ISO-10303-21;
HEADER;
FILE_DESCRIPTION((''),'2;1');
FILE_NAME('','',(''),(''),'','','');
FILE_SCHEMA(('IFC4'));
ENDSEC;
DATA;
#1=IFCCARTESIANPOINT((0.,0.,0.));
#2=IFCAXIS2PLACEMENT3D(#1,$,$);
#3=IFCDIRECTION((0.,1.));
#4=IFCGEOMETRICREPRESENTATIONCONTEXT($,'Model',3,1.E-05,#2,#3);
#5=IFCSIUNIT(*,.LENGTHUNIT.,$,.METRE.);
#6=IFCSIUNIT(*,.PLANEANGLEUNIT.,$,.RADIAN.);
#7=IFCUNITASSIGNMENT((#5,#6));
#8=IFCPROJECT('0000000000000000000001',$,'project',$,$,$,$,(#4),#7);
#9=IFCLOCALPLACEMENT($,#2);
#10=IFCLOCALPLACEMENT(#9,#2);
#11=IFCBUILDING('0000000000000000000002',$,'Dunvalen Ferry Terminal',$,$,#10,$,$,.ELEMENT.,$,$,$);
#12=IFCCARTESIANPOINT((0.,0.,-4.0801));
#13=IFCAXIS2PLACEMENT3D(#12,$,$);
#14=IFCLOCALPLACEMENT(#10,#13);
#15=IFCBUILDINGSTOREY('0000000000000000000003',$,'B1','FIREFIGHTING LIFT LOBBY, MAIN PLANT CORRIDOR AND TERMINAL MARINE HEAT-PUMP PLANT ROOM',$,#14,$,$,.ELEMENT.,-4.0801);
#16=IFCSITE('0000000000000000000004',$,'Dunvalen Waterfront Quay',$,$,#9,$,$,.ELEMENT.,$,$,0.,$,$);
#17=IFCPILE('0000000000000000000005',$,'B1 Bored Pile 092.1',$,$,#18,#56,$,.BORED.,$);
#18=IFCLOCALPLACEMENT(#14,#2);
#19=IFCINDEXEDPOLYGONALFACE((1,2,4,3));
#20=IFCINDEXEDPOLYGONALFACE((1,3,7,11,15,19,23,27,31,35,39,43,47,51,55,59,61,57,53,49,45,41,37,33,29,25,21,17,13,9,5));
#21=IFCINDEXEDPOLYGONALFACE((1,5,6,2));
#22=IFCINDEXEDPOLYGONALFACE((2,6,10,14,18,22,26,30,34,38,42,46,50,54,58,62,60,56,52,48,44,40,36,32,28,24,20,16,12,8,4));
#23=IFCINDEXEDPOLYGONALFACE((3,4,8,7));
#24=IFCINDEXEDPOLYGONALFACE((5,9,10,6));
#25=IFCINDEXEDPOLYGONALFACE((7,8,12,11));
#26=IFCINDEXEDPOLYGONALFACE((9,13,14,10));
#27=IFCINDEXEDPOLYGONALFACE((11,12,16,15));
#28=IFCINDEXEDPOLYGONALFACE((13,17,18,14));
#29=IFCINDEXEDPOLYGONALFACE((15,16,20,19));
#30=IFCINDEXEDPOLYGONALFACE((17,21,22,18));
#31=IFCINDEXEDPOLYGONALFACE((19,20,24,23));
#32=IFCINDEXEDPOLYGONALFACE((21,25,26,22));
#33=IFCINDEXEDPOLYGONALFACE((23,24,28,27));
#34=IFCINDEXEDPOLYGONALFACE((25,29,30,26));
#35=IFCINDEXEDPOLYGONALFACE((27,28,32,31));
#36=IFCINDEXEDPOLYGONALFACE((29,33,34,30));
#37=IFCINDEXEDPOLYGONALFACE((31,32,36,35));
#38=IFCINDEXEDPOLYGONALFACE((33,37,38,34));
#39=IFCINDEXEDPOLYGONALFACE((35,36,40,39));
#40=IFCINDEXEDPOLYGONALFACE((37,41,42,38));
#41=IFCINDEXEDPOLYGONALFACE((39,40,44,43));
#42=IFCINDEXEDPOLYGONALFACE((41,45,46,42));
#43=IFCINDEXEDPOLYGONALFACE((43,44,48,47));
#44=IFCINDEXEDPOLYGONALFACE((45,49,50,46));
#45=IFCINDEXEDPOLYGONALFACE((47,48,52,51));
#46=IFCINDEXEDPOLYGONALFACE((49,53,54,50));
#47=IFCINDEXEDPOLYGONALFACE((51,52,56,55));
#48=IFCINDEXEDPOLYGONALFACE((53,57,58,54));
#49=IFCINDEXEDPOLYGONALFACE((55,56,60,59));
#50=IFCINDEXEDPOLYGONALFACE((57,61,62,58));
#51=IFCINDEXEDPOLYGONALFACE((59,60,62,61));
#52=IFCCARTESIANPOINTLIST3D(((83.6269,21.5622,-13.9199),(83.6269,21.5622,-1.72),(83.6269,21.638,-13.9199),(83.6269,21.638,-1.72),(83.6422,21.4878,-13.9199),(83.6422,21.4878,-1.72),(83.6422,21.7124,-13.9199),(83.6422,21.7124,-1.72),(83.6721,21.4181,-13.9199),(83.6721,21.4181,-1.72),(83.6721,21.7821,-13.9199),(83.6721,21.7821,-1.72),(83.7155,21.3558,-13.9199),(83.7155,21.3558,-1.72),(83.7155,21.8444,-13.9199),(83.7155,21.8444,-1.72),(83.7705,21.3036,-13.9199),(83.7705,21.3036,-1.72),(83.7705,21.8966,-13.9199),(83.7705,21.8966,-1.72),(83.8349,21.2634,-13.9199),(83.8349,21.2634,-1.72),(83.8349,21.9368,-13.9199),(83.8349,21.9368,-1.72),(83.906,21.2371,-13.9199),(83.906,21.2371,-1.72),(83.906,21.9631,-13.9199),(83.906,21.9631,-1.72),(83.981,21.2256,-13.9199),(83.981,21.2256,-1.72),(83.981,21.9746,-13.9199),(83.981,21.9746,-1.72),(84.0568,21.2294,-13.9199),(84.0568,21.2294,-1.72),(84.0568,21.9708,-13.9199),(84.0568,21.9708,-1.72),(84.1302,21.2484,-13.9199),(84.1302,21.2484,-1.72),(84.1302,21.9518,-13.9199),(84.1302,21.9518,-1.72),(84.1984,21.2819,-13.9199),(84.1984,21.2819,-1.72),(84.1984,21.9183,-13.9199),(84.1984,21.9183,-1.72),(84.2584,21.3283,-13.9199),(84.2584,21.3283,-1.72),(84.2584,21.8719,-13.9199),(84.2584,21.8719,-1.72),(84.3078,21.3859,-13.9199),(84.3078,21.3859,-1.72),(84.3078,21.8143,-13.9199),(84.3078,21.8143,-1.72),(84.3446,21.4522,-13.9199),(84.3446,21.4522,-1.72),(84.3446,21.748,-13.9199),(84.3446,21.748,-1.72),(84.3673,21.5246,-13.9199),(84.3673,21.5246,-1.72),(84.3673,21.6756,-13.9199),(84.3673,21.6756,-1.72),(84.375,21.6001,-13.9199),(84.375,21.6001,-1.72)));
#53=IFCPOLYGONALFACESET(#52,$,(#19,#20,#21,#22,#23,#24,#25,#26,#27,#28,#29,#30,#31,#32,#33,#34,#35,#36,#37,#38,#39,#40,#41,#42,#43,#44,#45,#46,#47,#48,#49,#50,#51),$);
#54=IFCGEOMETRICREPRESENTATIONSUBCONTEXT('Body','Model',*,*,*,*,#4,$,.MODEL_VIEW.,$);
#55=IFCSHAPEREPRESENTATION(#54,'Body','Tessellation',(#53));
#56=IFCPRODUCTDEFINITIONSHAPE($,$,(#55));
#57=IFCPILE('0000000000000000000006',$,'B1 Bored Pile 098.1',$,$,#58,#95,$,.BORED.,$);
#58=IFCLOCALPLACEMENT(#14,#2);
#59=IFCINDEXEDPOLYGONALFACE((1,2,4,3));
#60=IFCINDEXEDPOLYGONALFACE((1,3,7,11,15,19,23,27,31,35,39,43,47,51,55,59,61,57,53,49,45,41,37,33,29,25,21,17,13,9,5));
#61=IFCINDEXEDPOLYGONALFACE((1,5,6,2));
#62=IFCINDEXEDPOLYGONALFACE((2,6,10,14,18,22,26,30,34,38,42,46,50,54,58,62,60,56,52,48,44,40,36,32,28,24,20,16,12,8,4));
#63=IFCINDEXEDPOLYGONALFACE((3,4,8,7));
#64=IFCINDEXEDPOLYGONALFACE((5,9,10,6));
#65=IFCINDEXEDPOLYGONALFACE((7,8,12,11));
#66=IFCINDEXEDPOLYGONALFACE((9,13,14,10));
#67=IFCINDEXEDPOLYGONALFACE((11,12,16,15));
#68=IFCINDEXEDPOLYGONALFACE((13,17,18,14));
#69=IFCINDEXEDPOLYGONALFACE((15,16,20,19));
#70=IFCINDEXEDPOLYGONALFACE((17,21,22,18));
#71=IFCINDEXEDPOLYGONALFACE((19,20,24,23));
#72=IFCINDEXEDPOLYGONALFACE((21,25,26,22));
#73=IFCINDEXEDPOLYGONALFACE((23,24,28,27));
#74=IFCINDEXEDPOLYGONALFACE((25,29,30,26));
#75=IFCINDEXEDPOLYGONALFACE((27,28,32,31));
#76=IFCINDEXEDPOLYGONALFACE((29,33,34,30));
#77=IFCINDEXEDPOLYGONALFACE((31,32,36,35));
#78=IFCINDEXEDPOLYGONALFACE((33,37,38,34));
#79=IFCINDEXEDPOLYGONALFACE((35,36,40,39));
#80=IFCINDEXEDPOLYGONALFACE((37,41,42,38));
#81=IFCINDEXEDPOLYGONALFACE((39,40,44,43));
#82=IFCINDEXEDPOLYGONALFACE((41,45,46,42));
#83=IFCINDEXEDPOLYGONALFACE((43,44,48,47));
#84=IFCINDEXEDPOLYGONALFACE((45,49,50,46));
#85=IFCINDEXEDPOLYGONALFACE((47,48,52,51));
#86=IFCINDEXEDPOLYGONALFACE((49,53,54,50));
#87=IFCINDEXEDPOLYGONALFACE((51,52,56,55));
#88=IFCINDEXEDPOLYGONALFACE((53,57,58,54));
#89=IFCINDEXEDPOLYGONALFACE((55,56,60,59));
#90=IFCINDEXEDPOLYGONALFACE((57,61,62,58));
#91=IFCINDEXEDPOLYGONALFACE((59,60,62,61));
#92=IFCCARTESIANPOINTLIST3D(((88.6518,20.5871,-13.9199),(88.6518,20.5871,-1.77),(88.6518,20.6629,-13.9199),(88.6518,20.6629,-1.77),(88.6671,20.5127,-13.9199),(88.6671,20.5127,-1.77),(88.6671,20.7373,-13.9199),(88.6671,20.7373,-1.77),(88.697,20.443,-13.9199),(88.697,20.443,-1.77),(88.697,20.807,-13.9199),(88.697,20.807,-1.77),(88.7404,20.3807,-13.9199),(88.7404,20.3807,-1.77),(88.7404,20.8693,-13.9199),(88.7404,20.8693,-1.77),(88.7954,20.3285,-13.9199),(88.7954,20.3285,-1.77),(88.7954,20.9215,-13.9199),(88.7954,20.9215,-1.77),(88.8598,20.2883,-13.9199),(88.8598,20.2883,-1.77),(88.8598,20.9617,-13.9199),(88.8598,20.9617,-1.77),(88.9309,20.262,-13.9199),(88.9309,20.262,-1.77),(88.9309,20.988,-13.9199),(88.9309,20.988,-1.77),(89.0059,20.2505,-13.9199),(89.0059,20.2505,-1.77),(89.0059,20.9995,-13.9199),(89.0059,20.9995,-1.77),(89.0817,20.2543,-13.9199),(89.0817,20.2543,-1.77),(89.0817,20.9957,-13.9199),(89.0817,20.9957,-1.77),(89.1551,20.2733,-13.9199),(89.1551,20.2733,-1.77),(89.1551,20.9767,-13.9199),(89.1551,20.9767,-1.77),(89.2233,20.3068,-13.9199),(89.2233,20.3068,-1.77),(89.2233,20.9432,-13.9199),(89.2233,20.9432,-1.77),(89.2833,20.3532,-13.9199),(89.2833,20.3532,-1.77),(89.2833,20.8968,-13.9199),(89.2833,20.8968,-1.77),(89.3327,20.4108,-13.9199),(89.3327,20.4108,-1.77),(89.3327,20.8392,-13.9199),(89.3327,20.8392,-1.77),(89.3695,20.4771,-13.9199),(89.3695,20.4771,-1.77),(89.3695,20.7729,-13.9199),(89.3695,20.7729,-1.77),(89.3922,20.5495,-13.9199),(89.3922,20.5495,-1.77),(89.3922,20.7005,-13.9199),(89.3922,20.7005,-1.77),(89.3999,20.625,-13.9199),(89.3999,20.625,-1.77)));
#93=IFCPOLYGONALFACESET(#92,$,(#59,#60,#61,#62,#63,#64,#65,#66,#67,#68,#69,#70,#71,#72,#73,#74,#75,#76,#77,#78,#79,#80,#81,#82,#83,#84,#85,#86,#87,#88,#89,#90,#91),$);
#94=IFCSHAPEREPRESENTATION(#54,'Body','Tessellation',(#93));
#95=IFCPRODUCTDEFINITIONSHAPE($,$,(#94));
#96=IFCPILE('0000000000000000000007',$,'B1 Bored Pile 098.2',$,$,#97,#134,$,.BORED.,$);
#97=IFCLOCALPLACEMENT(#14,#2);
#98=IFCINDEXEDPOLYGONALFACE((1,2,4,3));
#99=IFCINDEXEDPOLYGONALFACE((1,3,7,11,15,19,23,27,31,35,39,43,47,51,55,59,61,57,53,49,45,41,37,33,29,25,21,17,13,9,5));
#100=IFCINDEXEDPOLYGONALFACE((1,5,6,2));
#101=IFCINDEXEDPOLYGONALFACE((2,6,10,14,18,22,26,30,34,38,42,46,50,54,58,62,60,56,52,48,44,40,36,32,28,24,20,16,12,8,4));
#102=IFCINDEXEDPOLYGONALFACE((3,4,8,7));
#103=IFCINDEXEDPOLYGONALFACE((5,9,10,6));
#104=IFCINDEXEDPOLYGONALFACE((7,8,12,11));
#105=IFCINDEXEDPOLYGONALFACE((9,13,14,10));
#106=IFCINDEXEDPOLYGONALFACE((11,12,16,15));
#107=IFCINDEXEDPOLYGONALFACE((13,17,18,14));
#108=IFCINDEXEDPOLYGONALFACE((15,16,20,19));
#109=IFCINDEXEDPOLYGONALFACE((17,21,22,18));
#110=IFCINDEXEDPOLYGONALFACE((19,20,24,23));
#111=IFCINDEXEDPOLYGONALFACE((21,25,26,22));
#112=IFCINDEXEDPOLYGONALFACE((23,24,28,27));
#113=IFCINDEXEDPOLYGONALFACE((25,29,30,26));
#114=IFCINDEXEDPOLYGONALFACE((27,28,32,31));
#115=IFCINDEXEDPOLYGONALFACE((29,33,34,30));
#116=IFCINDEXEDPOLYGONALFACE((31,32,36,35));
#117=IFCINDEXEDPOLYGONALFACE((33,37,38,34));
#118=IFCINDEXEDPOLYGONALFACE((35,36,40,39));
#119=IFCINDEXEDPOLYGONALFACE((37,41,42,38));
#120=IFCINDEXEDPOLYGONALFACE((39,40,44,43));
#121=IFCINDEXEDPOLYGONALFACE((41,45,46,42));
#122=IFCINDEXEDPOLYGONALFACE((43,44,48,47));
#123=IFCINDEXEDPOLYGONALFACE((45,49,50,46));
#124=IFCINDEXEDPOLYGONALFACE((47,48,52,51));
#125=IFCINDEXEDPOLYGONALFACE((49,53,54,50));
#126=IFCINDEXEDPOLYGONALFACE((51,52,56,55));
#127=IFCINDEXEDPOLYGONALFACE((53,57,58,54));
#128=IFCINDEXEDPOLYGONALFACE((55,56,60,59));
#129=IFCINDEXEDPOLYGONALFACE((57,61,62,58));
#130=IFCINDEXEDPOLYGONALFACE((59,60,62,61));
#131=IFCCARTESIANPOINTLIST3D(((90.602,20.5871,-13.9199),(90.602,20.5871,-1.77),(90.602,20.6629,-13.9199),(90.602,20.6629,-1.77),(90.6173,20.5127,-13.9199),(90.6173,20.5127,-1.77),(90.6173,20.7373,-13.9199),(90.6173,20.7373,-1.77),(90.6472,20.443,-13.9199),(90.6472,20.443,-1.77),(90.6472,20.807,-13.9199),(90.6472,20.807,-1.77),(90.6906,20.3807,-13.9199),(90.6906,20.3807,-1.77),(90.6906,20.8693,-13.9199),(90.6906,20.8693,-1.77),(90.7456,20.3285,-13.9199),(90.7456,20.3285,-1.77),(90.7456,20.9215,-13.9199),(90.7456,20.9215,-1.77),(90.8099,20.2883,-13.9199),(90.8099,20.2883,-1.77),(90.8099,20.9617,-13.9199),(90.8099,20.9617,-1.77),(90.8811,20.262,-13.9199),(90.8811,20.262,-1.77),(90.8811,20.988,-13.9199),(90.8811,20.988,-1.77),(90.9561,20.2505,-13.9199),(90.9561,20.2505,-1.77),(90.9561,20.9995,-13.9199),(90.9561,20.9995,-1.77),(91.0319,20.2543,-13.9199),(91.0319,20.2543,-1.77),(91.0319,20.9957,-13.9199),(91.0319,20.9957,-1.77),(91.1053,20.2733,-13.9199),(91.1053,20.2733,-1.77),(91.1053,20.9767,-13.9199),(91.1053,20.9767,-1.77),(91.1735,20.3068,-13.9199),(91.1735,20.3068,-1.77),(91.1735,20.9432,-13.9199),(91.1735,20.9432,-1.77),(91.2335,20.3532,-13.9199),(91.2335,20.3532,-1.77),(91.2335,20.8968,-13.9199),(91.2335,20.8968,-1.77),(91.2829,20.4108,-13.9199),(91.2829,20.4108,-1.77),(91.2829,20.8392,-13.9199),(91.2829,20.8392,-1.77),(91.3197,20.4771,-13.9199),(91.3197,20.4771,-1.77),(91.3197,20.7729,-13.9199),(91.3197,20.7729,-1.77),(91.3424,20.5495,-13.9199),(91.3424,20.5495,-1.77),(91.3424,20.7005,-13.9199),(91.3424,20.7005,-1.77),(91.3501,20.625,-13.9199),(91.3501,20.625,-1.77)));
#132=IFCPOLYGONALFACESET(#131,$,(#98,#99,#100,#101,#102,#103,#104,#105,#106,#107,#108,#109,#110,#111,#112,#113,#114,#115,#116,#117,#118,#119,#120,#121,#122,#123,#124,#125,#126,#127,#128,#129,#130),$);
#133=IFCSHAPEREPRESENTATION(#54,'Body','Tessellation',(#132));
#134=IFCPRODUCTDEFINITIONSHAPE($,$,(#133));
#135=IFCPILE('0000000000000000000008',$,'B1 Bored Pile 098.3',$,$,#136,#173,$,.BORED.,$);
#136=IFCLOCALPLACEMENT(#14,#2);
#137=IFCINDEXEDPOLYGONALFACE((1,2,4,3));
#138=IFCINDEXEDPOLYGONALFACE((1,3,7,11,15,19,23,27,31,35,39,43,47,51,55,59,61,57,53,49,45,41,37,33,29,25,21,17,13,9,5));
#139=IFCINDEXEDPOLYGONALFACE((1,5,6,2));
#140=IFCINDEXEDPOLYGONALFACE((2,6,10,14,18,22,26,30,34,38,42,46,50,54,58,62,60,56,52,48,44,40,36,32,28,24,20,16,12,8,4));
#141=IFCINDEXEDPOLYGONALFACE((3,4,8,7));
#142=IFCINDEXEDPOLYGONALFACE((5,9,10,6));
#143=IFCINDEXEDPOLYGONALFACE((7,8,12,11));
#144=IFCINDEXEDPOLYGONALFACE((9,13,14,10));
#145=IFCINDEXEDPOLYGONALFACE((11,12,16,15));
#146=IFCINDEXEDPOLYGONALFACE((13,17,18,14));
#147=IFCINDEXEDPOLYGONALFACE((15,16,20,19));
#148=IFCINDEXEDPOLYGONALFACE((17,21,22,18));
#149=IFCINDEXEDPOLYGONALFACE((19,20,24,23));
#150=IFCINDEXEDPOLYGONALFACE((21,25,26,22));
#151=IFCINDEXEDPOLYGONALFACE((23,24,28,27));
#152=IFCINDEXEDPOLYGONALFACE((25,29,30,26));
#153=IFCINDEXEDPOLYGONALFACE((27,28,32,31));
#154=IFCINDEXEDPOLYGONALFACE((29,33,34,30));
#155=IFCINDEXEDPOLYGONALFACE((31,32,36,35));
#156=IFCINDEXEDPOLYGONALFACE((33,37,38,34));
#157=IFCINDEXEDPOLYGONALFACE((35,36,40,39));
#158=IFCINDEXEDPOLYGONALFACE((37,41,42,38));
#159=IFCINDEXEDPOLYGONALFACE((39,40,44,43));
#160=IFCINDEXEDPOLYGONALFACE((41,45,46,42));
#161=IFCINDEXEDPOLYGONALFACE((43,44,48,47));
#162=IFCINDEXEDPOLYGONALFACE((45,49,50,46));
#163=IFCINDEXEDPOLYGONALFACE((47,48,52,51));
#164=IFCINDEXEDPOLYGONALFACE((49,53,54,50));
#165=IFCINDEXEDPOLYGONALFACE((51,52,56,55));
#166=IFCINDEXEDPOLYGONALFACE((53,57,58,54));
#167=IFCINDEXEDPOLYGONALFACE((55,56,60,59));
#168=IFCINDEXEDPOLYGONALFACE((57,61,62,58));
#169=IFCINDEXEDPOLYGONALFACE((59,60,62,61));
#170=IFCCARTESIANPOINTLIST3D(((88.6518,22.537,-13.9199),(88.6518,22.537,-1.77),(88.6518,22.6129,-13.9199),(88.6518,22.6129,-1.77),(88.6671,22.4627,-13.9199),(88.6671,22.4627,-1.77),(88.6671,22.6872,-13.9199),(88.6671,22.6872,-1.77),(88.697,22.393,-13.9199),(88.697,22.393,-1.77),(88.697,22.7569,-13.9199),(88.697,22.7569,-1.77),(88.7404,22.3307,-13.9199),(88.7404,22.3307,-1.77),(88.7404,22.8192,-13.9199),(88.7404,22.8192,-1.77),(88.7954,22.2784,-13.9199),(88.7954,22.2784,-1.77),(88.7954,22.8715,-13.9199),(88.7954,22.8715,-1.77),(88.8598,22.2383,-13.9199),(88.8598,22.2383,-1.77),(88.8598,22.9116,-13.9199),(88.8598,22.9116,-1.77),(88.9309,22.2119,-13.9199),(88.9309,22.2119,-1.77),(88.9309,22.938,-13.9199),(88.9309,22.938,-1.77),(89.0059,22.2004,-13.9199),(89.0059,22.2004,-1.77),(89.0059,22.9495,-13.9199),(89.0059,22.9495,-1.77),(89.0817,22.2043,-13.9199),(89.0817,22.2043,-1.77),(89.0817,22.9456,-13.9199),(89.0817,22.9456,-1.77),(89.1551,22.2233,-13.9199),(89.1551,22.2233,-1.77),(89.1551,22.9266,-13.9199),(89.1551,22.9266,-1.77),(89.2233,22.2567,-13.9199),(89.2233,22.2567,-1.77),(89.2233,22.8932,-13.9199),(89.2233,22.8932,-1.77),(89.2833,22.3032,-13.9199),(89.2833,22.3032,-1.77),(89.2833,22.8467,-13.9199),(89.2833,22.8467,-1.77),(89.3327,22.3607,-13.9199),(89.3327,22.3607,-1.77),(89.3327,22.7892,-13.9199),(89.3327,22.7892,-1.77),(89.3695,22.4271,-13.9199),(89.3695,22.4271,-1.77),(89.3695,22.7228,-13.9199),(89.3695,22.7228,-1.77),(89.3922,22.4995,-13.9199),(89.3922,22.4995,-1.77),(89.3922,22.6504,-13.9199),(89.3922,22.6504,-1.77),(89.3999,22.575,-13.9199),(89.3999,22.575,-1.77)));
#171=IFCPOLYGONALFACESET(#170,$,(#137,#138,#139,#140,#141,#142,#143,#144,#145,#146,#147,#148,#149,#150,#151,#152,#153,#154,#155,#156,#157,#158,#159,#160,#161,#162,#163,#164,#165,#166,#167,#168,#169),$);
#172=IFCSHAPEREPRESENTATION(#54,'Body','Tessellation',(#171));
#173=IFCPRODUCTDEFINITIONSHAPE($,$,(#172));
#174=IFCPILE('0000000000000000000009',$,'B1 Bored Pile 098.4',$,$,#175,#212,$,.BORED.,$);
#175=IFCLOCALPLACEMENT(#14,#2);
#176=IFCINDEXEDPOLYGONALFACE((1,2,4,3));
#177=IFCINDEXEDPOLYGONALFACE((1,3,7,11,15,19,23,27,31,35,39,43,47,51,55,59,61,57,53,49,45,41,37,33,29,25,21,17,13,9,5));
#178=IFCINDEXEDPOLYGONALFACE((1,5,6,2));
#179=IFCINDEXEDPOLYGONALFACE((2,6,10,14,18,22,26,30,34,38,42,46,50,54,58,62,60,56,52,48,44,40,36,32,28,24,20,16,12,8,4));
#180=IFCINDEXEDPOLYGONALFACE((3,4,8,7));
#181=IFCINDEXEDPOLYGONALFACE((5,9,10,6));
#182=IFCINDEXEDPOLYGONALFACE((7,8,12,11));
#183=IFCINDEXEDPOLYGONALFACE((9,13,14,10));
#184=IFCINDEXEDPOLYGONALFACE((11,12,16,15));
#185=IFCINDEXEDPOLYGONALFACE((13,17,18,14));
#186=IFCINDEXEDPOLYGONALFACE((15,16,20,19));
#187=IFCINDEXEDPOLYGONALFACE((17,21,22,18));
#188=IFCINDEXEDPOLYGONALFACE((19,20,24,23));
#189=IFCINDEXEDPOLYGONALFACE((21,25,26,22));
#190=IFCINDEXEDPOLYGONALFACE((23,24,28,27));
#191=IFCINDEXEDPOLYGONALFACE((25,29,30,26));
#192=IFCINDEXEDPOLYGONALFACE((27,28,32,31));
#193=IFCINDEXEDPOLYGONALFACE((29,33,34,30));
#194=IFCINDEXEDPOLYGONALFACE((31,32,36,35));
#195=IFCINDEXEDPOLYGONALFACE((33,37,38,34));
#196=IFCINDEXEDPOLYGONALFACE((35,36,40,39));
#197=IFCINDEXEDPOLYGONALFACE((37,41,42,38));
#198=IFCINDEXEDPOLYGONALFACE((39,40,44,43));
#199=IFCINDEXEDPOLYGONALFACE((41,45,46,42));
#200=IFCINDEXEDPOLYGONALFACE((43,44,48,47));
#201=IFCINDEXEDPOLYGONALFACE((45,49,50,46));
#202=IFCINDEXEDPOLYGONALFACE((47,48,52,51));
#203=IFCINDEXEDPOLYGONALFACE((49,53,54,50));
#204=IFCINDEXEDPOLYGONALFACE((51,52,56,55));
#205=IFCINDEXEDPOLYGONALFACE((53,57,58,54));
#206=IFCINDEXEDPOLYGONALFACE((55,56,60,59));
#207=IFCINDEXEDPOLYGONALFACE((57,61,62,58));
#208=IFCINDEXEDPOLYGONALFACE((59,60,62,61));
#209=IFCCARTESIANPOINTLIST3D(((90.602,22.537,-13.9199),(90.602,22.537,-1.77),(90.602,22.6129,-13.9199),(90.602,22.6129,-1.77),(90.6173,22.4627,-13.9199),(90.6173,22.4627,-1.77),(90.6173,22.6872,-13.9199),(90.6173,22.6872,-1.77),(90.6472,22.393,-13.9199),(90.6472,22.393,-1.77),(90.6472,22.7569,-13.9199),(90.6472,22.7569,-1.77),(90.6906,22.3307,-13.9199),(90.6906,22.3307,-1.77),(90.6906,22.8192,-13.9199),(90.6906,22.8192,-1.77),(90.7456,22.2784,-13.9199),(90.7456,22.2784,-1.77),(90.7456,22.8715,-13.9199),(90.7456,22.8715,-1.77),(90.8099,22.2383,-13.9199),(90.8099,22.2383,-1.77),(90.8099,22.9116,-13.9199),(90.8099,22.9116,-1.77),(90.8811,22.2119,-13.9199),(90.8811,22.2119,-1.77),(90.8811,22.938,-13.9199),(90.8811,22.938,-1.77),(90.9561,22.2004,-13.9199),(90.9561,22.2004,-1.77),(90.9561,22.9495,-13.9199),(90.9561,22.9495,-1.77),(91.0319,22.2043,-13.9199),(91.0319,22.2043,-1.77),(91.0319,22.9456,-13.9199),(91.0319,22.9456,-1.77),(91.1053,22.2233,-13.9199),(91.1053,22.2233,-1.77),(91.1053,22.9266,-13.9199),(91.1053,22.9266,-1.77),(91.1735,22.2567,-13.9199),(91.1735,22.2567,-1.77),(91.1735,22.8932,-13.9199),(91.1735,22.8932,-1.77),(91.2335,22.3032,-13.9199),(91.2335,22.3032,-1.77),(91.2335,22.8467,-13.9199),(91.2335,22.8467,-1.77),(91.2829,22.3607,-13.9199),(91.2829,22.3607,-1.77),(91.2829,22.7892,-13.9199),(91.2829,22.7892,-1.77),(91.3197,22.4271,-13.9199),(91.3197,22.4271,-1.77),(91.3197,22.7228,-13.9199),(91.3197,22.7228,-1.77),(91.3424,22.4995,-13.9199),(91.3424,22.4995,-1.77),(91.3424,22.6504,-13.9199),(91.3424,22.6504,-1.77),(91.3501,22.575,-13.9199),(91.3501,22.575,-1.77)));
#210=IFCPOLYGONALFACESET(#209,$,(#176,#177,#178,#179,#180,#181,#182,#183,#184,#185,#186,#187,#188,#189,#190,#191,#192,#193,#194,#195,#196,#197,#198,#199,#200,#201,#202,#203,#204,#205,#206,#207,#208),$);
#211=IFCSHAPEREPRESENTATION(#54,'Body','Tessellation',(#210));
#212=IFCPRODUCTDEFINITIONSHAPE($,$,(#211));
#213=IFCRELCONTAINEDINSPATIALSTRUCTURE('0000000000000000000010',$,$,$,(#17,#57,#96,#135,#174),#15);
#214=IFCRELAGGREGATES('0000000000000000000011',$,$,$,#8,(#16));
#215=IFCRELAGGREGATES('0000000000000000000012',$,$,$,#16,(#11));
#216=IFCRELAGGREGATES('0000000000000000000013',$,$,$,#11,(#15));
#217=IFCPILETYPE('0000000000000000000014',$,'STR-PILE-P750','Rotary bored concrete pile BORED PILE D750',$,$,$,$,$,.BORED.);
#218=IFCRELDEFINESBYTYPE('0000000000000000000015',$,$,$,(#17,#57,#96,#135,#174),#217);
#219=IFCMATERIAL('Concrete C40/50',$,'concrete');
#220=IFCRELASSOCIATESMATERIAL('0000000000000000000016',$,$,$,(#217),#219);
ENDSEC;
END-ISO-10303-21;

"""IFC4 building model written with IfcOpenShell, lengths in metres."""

from ifc_helpers import new_model, si_unit, direction, frame, origin, origin_2d, place, context, subcontext, project, spatial, circle, extrude, material, material_profile, profile_set, type_object, element, save


model = new_model("IFC4")

# Units and contexts
model_context = context("Model", 3, precision=1e-05, world=origin(), true_north=direction((0.0, 1.0)))
body_context = subcontext(model_context, "Body", "Model", "MODEL_VIEW")
ifc_project = project(units=[si_unit("LENGTHUNIT", "METRE"), si_unit("PLANEANGLEUNIT", "RADIAN")], contexts=[model_context])

# Site, building, storey
site_placement = place(None, origin())
site = spatial("IfcSite", under=ifc_project, at=site_placement, Name="Dunvalen Waterfront Quay", CompositionType="ELEMENT", RefElevation=0.0)
building_placement = place(site_placement, origin())
building = spatial("IfcBuilding", under=site, at=building_placement, Name="Dunvalen Ferry Terminal", CompositionType="ELEMENT")
storey_placement = place(building_placement, frame((0.0, 0.0, -4.0801)))
storey = spatial("IfcBuildingStorey", under=building, at=storey_placement, Name="B1", Description="FIREFIGHTING LIFT LOBBY, MAIN PLANT CORRIDOR AND TERMINAL MARINE HEAT-PUMP PLANT ROOM", CompositionType="ELEMENT", Elevation=-4.0801)

# Shared definitions
ifc_material_1 = material(Name="Concrete C40/50", Category="concrete")

# Piles
ifc_material_profile_1 = material_profile(ifc_material_1, circle(Radius=0.375, at=origin_2d()), Name="Concrete C40/50")
ifc_profile_set_1 = profile_set([ifc_material_profile_1], Name="Concrete C40/50")
pile_type_1 = type_object("IfcPileType", Name="STR-PILE-P750", Description="Rotary bored concrete pile BORED PILE D750", PredefinedType="BORED", material=ifc_profile_set_1)
pile_placement = place(storey_placement, frame((84.0, 21.6001, -1.72), z_axis=(0.0, 0.0, -1.0), x_axis=(1.0, 0.0, 0.0)))
element("IfcPile", 1, at=pile_placement, inside=storey, type_object=pile_type_1, Name="B1 Bored Pile 092.1", PredefinedType="BORED", context=body_context, shape_type="SweptSolid", body=[
    extrude(circle(Radius=0.375, at=origin_2d()), origin(), (0.0, 0.0, 1.0), 12.2),
])
for number, where, z_axis, x_axis, name in (
    (2, (89.0249, 20.625, -1.77), (0.0, 0.0, -1.0), (1.0, 0.0, 0.0), "B1 Bored Pile 098.1"),
    (3, (90.9751, 20.625, -1.77), (0.0, 0.0, -1.0), (1.0, 0.0, 0.0), "B1 Bored Pile 098.2"),
    (4, (89.0249, 22.575, -1.77), (0.0, 0.0, -1.0), (1.0, 0.0, 0.0), "B1 Bored Pile 098.3"),
    (5, (90.9751, 22.575, -1.77), (0.0, 0.0, -1.0), (1.0, 0.0, 0.0), "B1 Bored Pile 098.4"),
):
    element("IfcPile", number, at=place(storey_placement, frame(where, z_axis=z_axis, x_axis=x_axis)), inside=storey, type_object=pile_type_1, Name=name, PredefinedType="BORED", context=body_context, shape_type="SweptSolid", body=[
        extrude(circle(Radius=0.375, at=origin_2d()), origin(), (0.0, 0.0, 1.0), 12.1499),
    ])

save(model, "model.ifc")
